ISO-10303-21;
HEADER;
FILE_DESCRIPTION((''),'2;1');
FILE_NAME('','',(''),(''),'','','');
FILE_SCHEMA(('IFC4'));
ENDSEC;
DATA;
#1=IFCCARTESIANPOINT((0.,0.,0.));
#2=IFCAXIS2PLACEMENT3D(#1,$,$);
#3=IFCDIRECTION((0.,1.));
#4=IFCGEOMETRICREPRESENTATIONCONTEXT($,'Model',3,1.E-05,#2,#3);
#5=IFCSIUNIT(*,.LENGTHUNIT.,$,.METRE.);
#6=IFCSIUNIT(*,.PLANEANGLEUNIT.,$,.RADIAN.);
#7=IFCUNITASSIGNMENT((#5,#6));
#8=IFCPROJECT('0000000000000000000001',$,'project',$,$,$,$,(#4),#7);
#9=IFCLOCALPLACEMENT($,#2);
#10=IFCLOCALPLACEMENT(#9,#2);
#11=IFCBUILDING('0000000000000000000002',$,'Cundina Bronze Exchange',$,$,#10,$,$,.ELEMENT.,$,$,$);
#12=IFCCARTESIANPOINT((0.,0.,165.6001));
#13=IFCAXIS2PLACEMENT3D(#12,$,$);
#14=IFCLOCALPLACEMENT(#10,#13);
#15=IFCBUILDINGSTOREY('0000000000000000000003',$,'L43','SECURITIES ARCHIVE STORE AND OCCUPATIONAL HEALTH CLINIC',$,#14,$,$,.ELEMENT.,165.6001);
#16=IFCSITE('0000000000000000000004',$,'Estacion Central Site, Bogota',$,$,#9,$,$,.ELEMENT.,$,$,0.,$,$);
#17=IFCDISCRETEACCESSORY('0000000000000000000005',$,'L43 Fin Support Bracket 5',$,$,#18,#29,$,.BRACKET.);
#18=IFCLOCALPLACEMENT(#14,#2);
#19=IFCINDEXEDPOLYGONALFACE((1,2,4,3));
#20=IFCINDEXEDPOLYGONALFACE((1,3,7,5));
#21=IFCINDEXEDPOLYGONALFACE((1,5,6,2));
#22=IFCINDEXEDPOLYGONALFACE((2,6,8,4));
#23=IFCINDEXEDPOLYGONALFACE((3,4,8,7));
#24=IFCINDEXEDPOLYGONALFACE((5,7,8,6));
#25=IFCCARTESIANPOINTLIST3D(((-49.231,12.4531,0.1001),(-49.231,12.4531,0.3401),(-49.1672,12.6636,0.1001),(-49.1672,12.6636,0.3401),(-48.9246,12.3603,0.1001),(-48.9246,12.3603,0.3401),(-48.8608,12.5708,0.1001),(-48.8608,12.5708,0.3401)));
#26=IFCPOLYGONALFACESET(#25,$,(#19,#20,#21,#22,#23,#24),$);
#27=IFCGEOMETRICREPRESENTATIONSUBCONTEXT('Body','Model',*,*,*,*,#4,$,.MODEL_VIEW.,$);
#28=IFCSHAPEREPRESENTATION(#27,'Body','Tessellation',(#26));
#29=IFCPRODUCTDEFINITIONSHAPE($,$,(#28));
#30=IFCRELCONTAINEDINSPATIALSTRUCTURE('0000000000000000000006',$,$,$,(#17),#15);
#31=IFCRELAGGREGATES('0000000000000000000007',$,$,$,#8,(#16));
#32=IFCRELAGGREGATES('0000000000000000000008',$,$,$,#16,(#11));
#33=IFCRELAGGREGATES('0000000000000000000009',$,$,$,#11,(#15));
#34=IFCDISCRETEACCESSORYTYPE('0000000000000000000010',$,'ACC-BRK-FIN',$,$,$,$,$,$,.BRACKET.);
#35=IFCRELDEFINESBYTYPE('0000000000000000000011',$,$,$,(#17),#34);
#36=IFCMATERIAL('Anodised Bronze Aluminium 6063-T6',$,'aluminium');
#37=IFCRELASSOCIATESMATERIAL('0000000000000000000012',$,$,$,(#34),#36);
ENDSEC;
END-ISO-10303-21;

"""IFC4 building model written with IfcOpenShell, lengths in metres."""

from ifc_helpers import new_model, si_unit, direction, frame, origin, origin_2d, place, context, subcontext, project, spatial, rectangle, extrude, material, type_object, element, save


model = new_model("IFC4")

# Units and contexts
model_context = context("Model", 3, precision=1e-05, world=origin(), true_north=direction((0.0, 1.0)))
body_context = subcontext(model_context, "Body", "Model", "MODEL_VIEW")
ifc_project = project(units=[si_unit("LENGTHUNIT", "METRE"), si_unit("PLANEANGLEUNIT", "RADIAN")], contexts=[model_context])

# Site, building, storey
site_placement = place(None, origin())
site = spatial("IfcSite", under=ifc_project, at=site_placement, Name="Estacion Central Site, Bogota", CompositionType="ELEMENT", RefElevation=0.0)
building_placement = place(site_placement, origin())
building = spatial("IfcBuilding", under=site, at=building_placement, Name="Cundina Bronze Exchange", CompositionType="ELEMENT")
storey_placement = place(building_placement, frame((0.0, 0.0, 165.6001)))
storey = spatial("IfcBuildingStorey", under=building, at=storey_placement, Name="L43", Description="SECURITIES ARCHIVE STORE AND OCCUPATIONAL HEALTH CLINIC", CompositionType="ELEMENT", Elevation=165.6001)

# Shared definitions
ifc_material_1 = material(Name="Anodised Bronze Aluminium 6063-T6", Category="aluminium")

# Discrete accessory
discrete_accessory_type = type_object("IfcDiscreteAccessoryType", Name="ACC-BRK-FIN", PredefinedType="BRACKET", material=ifc_material_1)
discrete_accessory_placement = place(storey_placement, frame((-49.0459, 12.512, 0.1001), z_axis=(0.0, 0.0, 1.0), x_axis=(-0.290051, -0.957011, 0.0)))
element("IfcDiscreteAccessory", 1, at=discrete_accessory_placement, inside=storey, type_object=discrete_accessory_type, Name="L43 Fin Support Bracket 5", PredefinedType="BRACKET", context=body_context, shape_type="SweptSolid", body=[
    extrude(rectangle(XDim=0.22, YDim=0.3201, at=origin_2d()), origin(), (0.0, 0.0, 1.0), 0.24),
])

save(model, "model.ifc")
